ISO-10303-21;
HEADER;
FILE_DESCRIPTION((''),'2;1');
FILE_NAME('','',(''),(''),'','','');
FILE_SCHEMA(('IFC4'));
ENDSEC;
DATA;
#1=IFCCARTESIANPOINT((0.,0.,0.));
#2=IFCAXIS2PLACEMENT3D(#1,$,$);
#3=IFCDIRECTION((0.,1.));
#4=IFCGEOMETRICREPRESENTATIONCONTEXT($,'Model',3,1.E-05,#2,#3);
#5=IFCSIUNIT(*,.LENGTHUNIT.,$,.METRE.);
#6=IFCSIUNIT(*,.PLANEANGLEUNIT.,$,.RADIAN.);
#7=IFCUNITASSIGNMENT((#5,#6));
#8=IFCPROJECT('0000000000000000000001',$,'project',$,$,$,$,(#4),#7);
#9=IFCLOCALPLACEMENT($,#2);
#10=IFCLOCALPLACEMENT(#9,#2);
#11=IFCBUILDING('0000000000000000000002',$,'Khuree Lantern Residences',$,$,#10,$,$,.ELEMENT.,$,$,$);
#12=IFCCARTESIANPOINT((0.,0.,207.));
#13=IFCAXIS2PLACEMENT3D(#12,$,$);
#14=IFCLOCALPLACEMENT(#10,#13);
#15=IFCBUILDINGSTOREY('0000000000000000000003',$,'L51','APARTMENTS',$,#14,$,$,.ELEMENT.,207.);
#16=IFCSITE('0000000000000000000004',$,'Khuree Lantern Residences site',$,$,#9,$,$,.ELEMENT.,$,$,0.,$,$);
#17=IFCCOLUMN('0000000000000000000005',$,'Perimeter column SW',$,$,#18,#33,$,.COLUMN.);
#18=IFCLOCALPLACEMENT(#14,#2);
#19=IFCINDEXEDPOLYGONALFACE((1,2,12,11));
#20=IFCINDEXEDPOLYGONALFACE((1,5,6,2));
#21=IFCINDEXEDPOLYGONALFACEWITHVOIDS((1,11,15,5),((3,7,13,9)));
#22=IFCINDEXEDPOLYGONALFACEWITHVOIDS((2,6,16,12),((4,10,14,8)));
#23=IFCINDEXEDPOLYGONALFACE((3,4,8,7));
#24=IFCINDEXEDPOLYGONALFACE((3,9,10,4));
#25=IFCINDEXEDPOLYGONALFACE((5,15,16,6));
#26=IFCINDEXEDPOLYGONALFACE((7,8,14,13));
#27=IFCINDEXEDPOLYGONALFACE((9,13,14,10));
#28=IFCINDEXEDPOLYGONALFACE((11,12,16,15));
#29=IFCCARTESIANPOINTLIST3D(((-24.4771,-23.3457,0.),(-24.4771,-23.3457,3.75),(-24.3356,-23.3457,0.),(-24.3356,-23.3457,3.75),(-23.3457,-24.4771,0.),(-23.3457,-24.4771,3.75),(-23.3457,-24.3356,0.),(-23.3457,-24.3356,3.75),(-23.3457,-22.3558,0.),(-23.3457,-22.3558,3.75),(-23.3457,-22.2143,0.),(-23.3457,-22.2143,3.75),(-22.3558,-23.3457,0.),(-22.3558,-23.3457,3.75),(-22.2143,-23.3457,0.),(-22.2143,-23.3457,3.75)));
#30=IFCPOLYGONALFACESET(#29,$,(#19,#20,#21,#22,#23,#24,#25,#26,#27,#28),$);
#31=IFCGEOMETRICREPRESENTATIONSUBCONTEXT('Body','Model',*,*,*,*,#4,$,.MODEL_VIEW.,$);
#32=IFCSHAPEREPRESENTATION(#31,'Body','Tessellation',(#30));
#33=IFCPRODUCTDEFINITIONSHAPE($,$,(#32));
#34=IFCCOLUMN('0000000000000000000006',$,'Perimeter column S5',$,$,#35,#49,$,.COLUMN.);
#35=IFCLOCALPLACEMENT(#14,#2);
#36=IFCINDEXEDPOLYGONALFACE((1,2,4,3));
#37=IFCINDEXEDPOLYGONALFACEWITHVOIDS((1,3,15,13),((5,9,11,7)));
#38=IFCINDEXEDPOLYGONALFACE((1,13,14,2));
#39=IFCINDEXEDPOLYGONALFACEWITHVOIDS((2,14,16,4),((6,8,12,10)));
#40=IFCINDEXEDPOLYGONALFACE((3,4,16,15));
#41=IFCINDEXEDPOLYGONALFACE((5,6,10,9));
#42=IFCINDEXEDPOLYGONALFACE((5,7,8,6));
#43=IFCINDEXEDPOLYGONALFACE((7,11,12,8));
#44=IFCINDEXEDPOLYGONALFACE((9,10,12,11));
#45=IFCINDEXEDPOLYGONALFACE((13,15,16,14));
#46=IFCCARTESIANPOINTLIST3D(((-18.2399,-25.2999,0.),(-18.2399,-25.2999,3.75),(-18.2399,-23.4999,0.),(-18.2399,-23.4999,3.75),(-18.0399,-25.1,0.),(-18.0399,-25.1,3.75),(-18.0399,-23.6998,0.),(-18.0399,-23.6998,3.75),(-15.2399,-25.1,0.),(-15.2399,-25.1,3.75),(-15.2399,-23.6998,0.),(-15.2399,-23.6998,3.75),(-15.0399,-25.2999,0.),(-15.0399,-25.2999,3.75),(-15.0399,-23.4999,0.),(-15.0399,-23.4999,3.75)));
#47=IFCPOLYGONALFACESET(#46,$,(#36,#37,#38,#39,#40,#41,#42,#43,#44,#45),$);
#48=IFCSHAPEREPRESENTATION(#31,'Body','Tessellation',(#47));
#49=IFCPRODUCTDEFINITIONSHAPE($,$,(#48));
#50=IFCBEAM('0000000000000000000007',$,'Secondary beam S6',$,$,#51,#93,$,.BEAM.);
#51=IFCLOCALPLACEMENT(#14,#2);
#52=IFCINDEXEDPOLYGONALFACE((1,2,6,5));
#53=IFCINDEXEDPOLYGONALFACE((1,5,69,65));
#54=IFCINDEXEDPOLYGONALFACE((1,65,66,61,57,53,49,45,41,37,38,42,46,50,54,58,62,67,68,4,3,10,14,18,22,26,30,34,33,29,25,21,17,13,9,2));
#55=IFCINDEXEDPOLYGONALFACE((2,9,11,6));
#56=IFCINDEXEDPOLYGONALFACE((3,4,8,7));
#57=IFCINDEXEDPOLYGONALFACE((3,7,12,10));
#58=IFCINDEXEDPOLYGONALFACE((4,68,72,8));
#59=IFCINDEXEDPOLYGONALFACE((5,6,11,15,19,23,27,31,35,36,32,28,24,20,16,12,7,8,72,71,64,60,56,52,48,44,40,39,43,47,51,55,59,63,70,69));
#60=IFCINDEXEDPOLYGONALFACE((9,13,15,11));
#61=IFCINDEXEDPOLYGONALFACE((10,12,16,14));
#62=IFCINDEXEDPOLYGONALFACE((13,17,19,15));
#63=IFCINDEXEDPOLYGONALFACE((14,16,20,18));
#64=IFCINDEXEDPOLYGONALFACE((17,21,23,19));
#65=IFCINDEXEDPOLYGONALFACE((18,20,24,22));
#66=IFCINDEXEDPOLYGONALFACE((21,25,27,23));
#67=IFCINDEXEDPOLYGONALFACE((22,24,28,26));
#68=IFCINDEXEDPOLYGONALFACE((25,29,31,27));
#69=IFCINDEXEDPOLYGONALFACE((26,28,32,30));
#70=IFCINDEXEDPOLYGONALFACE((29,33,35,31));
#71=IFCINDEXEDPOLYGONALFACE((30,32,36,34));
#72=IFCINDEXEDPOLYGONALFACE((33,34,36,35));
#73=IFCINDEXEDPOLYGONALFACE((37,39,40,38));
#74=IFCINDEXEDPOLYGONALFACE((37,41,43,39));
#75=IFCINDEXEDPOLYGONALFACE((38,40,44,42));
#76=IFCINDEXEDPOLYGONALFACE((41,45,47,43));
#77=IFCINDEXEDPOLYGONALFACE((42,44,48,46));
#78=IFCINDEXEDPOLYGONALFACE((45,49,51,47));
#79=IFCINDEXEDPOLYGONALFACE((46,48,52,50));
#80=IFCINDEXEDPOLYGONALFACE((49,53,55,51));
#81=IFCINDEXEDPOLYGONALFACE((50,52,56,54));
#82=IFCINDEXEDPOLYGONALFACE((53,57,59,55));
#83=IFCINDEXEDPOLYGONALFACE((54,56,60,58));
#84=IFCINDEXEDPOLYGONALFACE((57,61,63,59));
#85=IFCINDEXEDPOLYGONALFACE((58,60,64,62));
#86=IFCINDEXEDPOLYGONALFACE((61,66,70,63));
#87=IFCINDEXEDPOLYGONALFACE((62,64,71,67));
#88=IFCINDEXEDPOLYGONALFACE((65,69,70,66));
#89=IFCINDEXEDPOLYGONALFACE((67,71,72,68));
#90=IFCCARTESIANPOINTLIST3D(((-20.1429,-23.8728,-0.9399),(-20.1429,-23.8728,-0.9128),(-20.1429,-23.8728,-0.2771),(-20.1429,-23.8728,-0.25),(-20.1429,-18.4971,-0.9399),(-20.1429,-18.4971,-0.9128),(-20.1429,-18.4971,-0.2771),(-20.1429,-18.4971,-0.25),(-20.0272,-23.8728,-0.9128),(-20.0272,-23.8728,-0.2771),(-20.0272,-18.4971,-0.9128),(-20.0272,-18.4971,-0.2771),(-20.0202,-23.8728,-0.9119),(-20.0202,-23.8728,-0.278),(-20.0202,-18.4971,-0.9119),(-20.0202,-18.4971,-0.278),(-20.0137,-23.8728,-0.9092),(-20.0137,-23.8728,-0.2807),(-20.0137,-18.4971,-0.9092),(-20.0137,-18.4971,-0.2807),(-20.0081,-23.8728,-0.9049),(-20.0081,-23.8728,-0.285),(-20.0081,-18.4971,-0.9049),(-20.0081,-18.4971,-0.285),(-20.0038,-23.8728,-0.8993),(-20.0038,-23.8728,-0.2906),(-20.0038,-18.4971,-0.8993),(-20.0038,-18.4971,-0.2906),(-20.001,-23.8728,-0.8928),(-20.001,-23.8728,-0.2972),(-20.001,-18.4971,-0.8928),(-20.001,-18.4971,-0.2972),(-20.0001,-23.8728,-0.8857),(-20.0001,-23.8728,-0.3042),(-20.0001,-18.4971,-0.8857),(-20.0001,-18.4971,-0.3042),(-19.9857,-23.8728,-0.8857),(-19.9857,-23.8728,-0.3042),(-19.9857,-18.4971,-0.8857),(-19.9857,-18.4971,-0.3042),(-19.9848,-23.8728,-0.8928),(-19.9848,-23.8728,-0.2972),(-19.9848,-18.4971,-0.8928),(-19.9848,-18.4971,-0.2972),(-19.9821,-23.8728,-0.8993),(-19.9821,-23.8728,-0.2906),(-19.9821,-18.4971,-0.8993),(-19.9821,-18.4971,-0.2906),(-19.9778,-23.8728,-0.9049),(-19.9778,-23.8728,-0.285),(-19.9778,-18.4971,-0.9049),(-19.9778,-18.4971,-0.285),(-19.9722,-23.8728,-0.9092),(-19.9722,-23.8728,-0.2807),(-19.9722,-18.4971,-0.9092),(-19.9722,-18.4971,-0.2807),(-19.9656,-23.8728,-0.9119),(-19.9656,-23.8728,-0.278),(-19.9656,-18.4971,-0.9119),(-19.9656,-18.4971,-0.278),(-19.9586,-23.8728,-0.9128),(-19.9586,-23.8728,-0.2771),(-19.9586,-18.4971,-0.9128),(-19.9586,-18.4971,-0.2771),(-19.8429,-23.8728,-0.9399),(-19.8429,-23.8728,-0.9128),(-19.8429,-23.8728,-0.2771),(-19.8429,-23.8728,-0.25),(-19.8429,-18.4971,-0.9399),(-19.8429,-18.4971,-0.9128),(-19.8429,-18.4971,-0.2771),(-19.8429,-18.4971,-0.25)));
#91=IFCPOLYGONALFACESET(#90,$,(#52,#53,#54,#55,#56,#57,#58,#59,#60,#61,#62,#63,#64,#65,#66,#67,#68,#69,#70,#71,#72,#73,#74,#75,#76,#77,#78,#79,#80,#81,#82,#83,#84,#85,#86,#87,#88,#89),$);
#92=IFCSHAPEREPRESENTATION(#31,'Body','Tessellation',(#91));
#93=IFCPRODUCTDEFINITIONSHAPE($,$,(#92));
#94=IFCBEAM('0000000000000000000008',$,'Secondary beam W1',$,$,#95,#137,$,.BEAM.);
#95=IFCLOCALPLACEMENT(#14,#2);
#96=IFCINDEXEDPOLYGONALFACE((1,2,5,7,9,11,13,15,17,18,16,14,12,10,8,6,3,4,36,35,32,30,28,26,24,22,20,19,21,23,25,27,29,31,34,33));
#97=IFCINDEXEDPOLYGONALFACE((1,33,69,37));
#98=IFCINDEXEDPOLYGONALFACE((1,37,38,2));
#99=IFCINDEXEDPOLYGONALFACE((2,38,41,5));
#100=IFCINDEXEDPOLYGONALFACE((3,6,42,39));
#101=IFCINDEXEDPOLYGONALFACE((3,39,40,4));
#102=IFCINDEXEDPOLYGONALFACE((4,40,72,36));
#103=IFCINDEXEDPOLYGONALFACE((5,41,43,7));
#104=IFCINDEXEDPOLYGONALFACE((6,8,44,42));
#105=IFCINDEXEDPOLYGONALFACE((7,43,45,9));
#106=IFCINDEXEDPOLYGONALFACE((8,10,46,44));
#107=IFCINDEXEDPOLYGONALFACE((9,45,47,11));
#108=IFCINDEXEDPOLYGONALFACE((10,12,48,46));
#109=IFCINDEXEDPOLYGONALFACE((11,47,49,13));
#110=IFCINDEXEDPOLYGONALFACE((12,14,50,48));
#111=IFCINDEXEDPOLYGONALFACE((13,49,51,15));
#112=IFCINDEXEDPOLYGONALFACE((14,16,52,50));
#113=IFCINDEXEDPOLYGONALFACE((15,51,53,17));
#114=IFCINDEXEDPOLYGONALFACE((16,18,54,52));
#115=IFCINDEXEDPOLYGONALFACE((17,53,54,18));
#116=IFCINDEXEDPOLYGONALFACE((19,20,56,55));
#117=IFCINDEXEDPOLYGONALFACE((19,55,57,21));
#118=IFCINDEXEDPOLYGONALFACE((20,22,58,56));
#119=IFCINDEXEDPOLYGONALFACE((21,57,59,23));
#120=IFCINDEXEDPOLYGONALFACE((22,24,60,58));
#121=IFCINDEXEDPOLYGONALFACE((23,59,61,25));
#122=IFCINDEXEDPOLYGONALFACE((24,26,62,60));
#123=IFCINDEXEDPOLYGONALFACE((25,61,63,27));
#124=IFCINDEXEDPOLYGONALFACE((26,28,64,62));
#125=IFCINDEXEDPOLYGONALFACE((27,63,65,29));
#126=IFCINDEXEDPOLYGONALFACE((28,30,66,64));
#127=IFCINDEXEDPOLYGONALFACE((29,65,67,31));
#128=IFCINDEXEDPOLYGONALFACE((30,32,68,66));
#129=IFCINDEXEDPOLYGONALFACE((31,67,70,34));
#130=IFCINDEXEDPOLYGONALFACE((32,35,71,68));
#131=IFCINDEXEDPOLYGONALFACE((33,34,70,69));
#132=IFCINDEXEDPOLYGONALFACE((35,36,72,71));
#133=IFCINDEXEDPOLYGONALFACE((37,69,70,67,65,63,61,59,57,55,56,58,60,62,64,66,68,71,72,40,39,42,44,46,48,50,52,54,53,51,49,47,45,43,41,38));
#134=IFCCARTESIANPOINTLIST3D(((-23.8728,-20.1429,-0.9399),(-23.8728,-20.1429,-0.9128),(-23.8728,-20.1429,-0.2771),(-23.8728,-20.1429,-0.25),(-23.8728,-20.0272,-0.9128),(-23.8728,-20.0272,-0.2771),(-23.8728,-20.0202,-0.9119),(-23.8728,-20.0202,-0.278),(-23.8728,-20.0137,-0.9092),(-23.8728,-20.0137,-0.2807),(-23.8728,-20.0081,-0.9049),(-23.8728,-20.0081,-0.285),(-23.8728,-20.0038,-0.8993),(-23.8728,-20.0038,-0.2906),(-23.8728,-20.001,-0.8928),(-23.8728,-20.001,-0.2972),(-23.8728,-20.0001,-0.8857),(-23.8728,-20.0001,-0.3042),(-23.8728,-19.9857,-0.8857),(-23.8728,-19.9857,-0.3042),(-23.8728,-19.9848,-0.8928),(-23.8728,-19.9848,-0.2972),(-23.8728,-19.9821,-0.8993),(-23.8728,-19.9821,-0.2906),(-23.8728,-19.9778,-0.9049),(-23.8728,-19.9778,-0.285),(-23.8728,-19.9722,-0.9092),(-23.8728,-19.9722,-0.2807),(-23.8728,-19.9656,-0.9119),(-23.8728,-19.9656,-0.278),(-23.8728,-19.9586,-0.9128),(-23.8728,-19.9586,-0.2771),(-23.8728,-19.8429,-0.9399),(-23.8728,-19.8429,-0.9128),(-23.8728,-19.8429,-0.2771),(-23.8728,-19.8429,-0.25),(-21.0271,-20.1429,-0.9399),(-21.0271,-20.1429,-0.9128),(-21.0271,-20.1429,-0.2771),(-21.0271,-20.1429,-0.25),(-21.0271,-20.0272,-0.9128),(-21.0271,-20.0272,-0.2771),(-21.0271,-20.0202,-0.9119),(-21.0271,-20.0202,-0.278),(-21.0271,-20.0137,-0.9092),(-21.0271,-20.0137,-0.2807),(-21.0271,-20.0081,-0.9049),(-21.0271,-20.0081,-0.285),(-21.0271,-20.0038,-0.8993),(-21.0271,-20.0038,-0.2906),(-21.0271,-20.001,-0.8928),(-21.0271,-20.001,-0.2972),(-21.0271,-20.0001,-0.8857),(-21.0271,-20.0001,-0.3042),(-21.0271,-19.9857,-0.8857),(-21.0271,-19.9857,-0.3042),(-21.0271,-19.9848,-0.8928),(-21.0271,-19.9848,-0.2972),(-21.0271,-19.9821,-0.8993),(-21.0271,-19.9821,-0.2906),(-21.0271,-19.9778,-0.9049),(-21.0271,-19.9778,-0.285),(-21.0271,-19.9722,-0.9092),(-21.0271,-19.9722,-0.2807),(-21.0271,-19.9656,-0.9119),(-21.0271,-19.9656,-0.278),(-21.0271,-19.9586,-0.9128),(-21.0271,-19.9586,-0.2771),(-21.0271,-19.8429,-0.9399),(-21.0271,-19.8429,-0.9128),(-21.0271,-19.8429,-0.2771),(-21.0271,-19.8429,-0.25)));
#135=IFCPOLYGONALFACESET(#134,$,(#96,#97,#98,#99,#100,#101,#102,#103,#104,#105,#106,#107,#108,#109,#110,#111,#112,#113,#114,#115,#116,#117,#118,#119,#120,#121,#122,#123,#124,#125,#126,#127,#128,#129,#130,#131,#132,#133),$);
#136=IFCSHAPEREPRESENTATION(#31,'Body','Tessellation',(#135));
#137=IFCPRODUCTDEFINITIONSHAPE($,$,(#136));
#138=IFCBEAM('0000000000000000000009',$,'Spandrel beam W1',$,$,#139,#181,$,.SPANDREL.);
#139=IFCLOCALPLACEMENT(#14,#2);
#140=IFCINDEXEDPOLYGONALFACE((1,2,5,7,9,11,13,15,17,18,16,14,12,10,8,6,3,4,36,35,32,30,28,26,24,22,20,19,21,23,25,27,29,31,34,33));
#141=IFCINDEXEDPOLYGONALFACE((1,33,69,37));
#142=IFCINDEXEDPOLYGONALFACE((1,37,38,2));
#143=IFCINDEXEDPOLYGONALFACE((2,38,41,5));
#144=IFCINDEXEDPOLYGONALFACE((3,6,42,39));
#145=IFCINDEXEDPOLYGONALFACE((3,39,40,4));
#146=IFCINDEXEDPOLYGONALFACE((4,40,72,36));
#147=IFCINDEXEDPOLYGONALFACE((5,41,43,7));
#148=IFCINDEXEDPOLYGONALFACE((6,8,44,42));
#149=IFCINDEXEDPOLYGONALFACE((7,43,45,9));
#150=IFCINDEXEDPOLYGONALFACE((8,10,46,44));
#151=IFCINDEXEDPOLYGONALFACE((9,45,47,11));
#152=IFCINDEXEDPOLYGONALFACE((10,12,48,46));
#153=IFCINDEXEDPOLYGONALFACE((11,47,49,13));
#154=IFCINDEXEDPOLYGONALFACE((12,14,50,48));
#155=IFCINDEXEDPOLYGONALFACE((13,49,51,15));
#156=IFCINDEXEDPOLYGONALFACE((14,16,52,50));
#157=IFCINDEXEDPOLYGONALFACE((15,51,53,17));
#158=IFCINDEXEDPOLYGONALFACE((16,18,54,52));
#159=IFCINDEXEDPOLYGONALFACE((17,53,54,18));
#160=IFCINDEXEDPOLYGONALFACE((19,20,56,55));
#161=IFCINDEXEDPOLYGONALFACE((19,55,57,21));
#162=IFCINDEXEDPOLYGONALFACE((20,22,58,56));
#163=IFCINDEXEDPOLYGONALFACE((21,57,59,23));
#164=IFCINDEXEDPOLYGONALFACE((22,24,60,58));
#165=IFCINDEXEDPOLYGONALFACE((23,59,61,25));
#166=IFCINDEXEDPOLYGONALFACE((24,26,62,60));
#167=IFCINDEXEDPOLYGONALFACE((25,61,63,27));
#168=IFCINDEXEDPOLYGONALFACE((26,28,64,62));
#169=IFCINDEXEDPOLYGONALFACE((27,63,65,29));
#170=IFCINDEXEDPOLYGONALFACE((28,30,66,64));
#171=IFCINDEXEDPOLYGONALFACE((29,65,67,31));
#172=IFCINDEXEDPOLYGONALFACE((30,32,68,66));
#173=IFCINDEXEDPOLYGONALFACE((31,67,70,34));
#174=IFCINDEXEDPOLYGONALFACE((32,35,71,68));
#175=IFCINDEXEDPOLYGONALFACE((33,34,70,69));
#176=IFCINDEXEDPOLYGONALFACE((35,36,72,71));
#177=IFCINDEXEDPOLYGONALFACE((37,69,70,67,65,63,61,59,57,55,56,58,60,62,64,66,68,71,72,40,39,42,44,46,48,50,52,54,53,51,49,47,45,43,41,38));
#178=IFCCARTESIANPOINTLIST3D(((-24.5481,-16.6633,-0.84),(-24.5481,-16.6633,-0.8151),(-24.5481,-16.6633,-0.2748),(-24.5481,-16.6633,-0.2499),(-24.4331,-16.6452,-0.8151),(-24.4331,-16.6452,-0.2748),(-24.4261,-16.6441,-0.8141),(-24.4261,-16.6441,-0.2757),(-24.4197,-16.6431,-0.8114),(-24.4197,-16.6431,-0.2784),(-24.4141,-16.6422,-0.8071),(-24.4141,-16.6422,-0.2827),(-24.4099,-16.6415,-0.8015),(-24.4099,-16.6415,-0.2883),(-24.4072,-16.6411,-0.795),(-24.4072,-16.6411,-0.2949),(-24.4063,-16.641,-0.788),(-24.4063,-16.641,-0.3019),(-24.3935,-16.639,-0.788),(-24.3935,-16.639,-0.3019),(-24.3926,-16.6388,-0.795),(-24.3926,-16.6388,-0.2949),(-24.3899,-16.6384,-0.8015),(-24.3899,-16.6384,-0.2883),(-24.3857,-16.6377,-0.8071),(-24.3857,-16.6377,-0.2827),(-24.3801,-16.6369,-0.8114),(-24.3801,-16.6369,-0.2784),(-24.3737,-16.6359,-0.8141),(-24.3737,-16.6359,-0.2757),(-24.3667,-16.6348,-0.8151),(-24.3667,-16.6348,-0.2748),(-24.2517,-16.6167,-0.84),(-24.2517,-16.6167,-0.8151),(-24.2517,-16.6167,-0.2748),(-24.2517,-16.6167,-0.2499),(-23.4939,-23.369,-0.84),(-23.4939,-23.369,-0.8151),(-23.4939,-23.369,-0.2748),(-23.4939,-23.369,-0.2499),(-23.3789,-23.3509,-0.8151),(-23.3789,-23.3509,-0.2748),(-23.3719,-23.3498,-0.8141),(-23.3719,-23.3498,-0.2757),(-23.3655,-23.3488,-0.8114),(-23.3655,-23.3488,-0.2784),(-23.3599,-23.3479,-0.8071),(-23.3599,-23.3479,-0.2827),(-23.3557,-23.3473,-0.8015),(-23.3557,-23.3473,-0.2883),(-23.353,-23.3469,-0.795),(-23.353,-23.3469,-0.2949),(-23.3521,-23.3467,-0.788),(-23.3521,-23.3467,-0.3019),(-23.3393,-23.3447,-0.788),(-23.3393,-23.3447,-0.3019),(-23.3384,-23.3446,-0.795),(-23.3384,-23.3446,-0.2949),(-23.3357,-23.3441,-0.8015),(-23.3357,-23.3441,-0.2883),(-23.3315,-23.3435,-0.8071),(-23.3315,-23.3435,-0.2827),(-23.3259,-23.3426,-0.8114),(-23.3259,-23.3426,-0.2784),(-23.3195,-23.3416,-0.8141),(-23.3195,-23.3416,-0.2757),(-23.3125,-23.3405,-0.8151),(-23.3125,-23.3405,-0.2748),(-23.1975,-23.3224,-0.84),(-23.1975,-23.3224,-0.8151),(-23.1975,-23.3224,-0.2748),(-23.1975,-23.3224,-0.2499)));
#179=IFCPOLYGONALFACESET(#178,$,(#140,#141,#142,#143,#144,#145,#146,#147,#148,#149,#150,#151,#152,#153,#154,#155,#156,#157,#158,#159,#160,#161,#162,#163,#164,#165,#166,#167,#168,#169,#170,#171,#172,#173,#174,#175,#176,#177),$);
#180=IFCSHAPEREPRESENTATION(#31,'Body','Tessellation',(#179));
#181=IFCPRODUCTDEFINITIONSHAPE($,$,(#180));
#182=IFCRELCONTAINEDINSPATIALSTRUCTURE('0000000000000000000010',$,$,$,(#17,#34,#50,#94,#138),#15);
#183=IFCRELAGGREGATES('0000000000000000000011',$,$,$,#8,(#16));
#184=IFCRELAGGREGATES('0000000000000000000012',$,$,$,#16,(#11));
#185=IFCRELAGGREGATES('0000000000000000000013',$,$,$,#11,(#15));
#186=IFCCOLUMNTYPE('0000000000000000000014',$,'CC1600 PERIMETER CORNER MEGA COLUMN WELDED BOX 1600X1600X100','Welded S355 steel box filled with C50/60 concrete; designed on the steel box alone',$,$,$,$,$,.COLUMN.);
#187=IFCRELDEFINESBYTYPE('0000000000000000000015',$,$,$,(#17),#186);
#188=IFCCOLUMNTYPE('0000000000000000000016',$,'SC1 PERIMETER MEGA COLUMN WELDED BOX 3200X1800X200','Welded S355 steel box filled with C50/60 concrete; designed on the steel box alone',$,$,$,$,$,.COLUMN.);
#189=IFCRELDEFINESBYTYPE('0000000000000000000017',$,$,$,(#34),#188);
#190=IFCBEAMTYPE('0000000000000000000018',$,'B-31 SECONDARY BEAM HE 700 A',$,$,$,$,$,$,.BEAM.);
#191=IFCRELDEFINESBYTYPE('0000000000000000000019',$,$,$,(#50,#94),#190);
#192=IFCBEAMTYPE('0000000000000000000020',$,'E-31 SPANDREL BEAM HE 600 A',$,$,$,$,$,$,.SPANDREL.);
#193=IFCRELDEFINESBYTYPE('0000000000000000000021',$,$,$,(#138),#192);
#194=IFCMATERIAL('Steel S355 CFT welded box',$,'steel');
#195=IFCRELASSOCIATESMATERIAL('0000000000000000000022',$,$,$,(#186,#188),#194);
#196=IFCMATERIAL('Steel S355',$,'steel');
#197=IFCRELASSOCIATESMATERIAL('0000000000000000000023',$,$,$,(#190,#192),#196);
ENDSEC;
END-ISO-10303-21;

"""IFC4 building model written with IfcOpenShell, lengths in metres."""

from ifc_helpers import new_model, si_unit, direction, frame, origin, origin_2d, place, context, subcontext, project, spatial, hollow_rectangle, i_section, extrude, material, material_profile, profile_set, type_object, element, save


model = new_model("IFC4")

# Units and contexts
model_context = context("Model", 3, precision=1e-05, world=origin(), true_north=direction((0.0, 1.0)))
body_context = subcontext(model_context, "Body", "Model", "MODEL_VIEW")
ifc_project = project(units=[si_unit("LENGTHUNIT", "METRE"), si_unit("PLANEANGLEUNIT", "RADIAN")], contexts=[model_context])

# Site, building, storey
site_placement = place(None, origin())
site = spatial("IfcSite", under=ifc_project, at=site_placement, Name="Khuree Lantern Residences site", CompositionType="ELEMENT", RefElevation=0.0)
building_placement = place(site_placement, origin())
building = spatial("IfcBuilding", under=site, at=building_placement, Name="Khuree Lantern Residences", CompositionType="ELEMENT")
storey_placement = place(building_placement, frame((0.0, 0.0, 207.0)))
storey = spatial("IfcBuildingStorey", under=building, at=storey_placement, Name="L51", Description="APARTMENTS", CompositionType="ELEMENT", Elevation=207.0)

# Columns
ifc_material_1 = material(Name="Steel S355 CFT welded box", Category="steel")
ifc_material_profile_1 = material_profile(ifc_material_1, hollow_rectangle(XDim=1.6001, YDim=1.6001, WallThickness=0.1001, at=origin_2d()), Name="WELDED BOX 1600X1600X100")
ifc_profile_set_1 = profile_set([ifc_material_profile_1], Name="Steel S355 CFT welded box")
column_type_1 = type_object("IfcColumnType", Name="CC1600 PERIMETER CORNER MEGA COLUMN WELDED BOX 1600X1600X100", Description="Welded S355 steel box filled with C50/60 concrete; designed on the steel box alone", PredefinedType="COLUMN", material=ifc_profile_set_1)
column_1_placement = place(storey_placement, frame((-23.3457, -23.3457, 0.0), z_axis=(0.0, 0.0, 1.0), x_axis=(0.707107, -0.707107, 0.0)))
element("IfcColumn", 1, at=column_1_placement, inside=storey, type_object=column_type_1, Name="Perimeter column SW", PredefinedType="COLUMN", context=body_context, shape_type="SweptSolid", body=[
    extrude(hollow_rectangle(XDim=1.6001, YDim=1.6001, WallThickness=0.1001, at=origin_2d()), origin(), (0.0, 0.0, 1.0), 3.75),
])
ifc_material_profile_2 = material_profile(ifc_material_1, hollow_rectangle(XDim=3.2, YDim=1.8, WallThickness=0.2, at=origin_2d()), Name="WELDED BOX 3200X1800X200")
ifc_profile_set_2 = profile_set([ifc_material_profile_2], Name="Steel S355 CFT welded box")
column_type_2 = type_object("IfcColumnType", Name="SC1 PERIMETER MEGA COLUMN WELDED BOX 3200X1800X200", Description="Welded S355 steel box filled with C50/60 concrete; designed on the steel box alone", PredefinedType="COLUMN", material=ifc_profile_set_2)
column_2_placement = place(storey_placement, frame((-16.6399, -24.3999, 0.0), z_axis=(0.0, 0.0, 1.0), x_axis=(1.0, 0.0, 0.0)))
element("IfcColumn", 2, at=column_2_placement, inside=storey, type_object=column_type_2, Name="Perimeter column S5", PredefinedType="COLUMN", context=body_context, shape_type="SweptSolid", body=[
    extrude(hollow_rectangle(XDim=3.2, YDim=1.8, WallThickness=0.2, at=origin_2d()), origin(), (0.0, 0.0, 1.0), 3.75),
])

# Beams
ifc_material_2 = material(Name="Steel S355", Category="steel")
ifc_material_profile_3 = material_profile(ifc_material_2, i_section(OverallWidth=0.3, OverallDepth=0.6899, WebThickness=0.0144, FlangeThickness=0.0271, FilletRadius=0.0271, at=origin_2d()), Name="HE 700 A")
ifc_profile_set_3 = profile_set([ifc_material_profile_3], Name="Steel S355")
beam_type_1 = type_object("IfcBeamType", Name="B-31 SECONDARY BEAM HE 700 A", PredefinedType="BEAM", material=ifc_profile_set_3)
beam_1_placement = place(storey_placement, frame((-19.9929, -23.8728, -0.595), z_axis=(0.0, 1.0, 0.0), x_axis=(-1.0, 0.0, 0.0)))
element("IfcBeam", 3, at=beam_1_placement, inside=storey, type_object=beam_type_1, Name="Secondary beam S6", PredefinedType="BEAM", context=body_context, shape_type="SweptSolid", body=[
    extrude(i_section(OverallWidth=0.3, OverallDepth=0.6899, WebThickness=0.0144, FlangeThickness=0.0271, FilletRadius=0.0271, at=origin_2d()), origin(), (0.0, 0.0, 1.0), 5.3757),
])
beam_2_placement = place(storey_placement, frame((-23.8728, -19.9929, -0.595), z_axis=(1.0, 0.0, 0.0), x_axis=(0.0, 1.0, 0.0)))
element("IfcBeam", 4, at=beam_2_placement, inside=storey, type_object=beam_type_1, Name="Secondary beam W1", PredefinedType="BEAM", context=body_context, shape_type="SweptSolid", body=[
    extrude(i_section(OverallWidth=0.3, OverallDepth=0.6899, WebThickness=0.0144, FlangeThickness=0.0271, FilletRadius=0.0271, at=origin_2d()), origin(), (0.0, 0.0, 1.0), 2.8457),
])
ifc_material_profile_4 = material_profile(ifc_material_2, i_section(OverallWidth=0.3, OverallDepth=0.5901, WebThickness=0.0129, FlangeThickness=0.0249, FilletRadius=0.0271, at=origin_2d()), Name="HE 600 A")
ifc_profile_set_4 = profile_set([ifc_material_profile_4], Name="Steel S355")
beam_type_2 = type_object("IfcBeamType", Name="E-31 SPANDREL BEAM HE 600 A", PredefinedType="SPANDREL", material=ifc_profile_set_4)
beam_3_placement = place(storey_placement, frame((-23.3457, -23.3457, -0.5449), z_axis=(-0.1553, 0.987867, 0.0), x_axis=(-0.987867, -0.1553, 0.0)))
element("IfcBeam", 5, at=beam_3_placement, inside=storey, type_object=beam_type_2, Name="Spandrel beam W1", PredefinedType="SPANDREL", context=body_context, shape_type="SweptSolid", body=[
    extrude(i_section(OverallWidth=0.3, OverallDepth=0.5901, WebThickness=0.0129, FlangeThickness=0.0249, FilletRadius=0.0271, at=origin_2d()), origin(), (0.0, 0.0, 1.0), 6.7881),
])

save(model, "model.ifc")
